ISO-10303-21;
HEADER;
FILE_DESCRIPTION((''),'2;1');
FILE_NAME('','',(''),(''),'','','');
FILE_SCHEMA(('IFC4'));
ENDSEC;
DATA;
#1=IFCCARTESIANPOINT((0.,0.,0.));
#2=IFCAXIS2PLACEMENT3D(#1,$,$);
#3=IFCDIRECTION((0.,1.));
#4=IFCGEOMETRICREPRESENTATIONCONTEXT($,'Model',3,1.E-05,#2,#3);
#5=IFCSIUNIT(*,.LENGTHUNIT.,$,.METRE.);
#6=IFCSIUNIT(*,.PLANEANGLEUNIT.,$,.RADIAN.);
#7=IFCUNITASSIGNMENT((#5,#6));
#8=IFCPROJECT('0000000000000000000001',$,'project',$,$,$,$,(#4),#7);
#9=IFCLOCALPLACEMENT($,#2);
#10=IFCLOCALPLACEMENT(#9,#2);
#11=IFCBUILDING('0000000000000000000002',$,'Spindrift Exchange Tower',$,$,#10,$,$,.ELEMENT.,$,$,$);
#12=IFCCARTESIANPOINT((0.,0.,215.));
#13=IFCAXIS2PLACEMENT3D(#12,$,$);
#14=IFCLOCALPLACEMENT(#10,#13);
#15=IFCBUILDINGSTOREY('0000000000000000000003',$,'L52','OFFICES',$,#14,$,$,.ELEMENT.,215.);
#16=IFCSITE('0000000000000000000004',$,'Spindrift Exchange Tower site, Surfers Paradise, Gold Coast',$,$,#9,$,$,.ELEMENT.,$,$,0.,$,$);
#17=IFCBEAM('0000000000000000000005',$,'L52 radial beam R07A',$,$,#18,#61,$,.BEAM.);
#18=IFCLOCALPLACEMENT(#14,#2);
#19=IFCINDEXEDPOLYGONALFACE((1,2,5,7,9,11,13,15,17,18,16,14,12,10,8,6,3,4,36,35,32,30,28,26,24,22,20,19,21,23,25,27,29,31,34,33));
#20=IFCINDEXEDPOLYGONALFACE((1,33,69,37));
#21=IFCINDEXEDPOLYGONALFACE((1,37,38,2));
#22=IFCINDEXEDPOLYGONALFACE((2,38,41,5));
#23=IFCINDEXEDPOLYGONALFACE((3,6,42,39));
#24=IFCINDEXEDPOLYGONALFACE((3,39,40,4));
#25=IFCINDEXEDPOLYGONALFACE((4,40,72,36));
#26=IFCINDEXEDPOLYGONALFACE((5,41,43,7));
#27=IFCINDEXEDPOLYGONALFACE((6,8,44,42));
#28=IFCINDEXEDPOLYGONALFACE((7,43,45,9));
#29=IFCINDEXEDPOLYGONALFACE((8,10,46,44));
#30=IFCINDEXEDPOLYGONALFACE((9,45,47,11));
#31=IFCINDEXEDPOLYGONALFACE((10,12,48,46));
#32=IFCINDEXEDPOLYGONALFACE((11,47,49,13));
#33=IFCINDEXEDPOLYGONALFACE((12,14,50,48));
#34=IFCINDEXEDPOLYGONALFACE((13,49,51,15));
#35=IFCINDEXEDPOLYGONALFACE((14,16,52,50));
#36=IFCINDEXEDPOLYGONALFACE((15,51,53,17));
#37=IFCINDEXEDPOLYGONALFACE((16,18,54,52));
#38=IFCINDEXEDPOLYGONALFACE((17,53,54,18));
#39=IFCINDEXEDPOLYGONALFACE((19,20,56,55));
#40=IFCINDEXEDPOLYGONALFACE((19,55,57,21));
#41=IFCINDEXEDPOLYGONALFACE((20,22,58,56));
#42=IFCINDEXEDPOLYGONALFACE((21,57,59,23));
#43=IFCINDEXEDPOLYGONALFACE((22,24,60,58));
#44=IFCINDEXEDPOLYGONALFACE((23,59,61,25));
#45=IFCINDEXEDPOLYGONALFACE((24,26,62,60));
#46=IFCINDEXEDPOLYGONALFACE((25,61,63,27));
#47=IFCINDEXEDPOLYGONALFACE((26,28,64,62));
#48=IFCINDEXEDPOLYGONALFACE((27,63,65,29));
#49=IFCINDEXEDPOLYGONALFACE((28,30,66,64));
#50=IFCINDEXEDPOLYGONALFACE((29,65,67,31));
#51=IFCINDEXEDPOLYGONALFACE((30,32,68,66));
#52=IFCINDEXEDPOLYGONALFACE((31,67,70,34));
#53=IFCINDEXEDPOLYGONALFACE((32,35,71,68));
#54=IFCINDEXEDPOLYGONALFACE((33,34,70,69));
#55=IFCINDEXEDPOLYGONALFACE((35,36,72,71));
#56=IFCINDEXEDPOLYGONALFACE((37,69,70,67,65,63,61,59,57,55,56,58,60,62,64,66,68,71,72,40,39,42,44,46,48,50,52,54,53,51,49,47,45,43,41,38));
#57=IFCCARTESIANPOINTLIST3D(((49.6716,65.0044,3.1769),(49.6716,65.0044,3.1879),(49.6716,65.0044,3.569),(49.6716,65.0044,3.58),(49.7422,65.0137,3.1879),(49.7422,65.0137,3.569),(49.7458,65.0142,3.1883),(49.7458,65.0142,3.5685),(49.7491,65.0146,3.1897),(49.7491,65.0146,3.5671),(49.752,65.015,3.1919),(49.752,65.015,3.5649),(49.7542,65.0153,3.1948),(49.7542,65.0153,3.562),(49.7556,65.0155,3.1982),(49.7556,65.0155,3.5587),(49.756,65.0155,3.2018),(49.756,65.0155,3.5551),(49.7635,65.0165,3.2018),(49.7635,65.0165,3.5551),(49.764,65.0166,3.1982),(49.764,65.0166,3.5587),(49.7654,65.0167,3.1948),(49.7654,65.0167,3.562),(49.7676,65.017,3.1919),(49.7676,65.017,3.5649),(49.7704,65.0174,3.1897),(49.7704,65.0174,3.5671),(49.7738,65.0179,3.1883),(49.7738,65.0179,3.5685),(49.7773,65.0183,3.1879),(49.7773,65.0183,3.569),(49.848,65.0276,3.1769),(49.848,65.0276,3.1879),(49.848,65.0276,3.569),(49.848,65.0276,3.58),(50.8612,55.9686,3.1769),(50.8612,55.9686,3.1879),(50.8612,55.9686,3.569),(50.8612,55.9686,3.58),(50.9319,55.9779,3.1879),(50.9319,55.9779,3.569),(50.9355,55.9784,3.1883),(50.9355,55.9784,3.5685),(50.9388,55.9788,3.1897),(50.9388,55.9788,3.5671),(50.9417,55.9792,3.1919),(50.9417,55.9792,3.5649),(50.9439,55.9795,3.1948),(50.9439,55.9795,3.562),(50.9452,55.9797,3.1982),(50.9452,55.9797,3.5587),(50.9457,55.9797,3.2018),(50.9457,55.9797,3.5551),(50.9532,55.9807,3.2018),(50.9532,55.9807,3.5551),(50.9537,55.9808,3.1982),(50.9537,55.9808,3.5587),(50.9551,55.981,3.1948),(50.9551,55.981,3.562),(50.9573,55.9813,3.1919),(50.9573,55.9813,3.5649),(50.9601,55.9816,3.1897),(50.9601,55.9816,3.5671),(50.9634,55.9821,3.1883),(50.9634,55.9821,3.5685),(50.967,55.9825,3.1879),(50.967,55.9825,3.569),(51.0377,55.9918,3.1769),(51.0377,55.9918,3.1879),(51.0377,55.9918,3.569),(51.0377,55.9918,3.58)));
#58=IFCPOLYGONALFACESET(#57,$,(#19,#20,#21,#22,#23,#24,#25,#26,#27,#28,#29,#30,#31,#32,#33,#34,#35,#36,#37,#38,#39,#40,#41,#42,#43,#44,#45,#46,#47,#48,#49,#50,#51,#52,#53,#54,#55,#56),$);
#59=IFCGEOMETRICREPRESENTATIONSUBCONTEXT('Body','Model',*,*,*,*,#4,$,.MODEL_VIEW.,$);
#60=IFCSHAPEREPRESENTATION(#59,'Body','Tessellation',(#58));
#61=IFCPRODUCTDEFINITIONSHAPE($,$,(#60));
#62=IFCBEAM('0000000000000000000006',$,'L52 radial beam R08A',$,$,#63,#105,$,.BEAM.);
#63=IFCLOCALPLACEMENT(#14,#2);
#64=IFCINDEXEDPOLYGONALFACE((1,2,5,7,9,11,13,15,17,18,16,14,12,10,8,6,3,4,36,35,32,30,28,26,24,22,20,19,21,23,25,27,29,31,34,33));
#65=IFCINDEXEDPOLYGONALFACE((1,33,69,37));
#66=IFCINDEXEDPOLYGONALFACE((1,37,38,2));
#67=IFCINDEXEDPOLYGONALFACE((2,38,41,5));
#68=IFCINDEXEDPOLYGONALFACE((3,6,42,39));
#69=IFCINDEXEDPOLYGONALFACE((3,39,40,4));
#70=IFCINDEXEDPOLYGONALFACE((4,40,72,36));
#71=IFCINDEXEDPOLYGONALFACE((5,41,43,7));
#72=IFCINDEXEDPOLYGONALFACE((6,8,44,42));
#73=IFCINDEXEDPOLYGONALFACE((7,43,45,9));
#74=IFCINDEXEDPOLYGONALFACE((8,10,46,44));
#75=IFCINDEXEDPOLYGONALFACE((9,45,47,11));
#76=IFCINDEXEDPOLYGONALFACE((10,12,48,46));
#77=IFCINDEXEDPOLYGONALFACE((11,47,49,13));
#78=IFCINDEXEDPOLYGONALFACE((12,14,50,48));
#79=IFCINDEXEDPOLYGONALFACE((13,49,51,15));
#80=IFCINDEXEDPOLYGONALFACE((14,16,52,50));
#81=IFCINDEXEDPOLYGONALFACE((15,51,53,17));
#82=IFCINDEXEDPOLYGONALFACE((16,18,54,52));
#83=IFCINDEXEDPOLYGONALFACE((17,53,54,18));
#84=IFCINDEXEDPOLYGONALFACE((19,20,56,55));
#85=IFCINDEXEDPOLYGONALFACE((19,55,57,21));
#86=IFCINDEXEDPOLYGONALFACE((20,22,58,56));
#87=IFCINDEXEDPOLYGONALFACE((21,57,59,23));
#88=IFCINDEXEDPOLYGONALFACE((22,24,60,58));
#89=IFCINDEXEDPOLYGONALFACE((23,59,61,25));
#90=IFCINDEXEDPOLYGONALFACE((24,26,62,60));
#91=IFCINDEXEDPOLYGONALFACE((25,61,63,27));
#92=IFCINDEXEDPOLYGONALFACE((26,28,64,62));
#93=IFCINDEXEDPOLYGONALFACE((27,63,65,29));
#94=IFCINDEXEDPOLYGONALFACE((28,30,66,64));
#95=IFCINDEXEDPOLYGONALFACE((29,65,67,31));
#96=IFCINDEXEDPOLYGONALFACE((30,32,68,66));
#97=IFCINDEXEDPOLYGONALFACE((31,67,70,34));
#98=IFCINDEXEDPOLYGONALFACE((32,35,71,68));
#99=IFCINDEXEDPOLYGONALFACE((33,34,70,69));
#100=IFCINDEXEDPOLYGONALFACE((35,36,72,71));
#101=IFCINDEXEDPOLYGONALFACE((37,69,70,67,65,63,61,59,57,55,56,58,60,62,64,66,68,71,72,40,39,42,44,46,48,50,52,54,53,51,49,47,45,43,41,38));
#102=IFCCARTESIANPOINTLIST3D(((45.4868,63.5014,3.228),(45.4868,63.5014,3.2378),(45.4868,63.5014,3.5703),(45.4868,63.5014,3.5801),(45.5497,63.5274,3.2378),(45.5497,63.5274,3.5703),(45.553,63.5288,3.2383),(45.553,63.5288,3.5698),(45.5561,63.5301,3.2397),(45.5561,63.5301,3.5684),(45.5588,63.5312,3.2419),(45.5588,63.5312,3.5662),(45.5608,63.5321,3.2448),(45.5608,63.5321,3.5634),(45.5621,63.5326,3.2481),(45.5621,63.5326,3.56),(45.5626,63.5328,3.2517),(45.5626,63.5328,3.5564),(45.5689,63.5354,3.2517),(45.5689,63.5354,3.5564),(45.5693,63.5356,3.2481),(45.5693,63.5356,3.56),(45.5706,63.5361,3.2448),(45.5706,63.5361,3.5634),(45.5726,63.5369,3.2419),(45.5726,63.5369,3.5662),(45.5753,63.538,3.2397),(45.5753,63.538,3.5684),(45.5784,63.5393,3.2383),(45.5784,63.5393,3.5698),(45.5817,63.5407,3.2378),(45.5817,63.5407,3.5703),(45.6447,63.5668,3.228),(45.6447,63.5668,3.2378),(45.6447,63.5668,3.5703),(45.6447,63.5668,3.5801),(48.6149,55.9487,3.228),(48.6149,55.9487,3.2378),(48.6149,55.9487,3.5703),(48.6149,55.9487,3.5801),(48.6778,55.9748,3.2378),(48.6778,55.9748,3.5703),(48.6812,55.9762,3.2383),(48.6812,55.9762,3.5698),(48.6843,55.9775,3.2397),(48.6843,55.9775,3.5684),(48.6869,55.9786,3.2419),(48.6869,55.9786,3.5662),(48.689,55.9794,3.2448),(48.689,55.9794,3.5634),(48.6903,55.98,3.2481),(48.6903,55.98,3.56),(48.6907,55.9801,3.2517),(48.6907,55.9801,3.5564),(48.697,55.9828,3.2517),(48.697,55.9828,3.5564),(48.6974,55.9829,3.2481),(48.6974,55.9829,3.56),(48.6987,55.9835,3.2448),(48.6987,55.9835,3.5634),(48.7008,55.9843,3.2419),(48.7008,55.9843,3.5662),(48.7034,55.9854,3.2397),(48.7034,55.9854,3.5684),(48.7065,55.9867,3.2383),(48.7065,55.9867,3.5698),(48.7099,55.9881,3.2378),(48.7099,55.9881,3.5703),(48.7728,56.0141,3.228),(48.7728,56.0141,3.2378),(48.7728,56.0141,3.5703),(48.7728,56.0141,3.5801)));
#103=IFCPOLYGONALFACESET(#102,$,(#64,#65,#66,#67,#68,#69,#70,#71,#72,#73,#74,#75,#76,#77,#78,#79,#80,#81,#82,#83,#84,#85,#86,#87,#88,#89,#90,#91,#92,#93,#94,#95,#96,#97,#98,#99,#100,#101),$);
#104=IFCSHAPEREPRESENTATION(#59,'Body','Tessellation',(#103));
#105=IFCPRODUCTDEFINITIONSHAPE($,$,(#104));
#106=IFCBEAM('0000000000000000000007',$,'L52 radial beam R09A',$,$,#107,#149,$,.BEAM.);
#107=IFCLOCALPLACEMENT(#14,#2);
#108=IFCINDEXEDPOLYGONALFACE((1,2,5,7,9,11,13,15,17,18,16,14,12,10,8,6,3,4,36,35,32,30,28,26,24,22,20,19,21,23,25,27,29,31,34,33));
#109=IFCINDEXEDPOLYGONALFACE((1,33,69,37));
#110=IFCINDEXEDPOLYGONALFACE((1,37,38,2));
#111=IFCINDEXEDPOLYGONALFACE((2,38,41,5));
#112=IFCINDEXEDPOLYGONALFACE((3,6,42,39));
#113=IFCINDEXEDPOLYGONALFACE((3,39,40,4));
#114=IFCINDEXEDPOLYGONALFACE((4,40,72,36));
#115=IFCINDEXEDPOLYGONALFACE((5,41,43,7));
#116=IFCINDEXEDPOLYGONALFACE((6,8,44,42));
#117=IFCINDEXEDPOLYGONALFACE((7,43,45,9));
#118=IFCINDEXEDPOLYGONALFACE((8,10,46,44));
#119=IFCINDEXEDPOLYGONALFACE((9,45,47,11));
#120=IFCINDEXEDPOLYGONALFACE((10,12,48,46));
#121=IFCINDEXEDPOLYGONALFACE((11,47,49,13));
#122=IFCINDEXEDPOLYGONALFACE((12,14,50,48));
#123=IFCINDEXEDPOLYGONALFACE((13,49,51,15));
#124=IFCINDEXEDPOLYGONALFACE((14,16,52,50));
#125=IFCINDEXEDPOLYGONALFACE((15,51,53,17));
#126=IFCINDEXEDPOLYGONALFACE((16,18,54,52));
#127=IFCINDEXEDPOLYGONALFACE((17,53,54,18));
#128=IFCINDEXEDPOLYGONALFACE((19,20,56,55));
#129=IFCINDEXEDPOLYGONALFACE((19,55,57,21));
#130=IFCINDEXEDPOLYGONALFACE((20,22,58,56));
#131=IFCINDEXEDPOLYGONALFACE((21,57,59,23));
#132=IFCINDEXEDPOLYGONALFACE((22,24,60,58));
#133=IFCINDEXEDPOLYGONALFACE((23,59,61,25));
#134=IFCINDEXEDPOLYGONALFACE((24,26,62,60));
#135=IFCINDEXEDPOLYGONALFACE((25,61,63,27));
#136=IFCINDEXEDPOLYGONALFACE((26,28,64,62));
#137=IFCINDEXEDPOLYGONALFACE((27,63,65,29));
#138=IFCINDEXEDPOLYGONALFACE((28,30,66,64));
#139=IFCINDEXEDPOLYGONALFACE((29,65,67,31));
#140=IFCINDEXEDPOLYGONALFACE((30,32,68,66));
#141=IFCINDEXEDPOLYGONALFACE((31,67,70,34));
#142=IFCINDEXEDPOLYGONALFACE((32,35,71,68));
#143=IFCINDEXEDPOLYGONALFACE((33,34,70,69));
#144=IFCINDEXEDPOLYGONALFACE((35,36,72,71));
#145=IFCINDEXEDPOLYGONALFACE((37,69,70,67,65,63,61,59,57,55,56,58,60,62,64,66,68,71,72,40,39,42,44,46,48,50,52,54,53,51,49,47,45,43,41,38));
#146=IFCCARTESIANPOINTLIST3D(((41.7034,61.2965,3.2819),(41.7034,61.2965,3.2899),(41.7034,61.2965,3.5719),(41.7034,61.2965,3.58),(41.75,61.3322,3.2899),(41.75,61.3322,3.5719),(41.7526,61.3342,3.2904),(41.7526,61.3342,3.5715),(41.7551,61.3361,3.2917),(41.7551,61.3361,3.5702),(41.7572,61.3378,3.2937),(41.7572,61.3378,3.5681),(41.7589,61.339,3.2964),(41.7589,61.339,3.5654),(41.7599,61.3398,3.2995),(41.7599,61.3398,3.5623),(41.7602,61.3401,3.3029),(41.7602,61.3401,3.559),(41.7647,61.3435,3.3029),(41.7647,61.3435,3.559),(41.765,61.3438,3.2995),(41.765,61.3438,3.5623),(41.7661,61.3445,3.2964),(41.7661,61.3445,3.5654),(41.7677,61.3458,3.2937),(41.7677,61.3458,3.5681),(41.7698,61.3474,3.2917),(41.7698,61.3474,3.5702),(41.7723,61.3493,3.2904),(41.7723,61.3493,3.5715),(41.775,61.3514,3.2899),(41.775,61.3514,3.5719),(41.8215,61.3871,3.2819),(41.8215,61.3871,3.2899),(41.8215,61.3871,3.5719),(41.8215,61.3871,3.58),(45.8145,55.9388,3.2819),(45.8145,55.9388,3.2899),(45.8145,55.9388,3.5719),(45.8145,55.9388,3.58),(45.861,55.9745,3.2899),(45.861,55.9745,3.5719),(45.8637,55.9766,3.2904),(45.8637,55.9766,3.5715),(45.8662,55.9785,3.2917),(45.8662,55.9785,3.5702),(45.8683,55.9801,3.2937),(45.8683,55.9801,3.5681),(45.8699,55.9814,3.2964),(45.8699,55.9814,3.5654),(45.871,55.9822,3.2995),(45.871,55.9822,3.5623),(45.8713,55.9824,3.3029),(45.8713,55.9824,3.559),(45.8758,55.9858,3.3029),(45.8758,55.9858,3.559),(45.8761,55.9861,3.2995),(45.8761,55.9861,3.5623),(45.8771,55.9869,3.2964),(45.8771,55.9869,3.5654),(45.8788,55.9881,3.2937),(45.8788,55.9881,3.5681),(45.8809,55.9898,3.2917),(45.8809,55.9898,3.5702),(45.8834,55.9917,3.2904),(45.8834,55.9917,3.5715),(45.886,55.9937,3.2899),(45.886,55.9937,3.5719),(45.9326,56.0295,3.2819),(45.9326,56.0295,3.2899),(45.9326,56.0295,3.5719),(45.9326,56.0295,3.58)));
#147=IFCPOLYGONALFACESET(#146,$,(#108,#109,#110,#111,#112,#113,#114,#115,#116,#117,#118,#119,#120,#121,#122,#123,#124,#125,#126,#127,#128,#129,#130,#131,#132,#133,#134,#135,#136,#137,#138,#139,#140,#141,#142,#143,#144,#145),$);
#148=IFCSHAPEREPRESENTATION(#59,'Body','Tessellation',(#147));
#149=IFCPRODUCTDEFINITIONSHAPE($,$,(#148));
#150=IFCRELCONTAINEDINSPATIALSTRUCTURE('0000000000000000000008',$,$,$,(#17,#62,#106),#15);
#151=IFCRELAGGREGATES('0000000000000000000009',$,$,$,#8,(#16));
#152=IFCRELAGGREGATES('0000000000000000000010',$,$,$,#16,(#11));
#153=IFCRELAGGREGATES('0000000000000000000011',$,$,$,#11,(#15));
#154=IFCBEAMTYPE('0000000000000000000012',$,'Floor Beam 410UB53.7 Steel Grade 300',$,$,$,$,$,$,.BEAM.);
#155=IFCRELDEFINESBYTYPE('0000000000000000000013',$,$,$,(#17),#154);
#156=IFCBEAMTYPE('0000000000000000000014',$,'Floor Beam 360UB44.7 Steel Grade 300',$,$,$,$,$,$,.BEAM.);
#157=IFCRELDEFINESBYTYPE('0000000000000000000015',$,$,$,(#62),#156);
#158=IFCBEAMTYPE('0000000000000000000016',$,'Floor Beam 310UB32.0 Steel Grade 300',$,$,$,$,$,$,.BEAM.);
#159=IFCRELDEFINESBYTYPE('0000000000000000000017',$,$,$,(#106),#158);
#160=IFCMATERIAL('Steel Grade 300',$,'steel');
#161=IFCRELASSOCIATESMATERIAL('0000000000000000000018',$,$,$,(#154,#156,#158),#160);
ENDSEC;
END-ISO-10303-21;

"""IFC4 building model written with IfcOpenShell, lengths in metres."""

from ifc_helpers import new_model, si_unit, direction, frame, origin, origin_2d, place, context, subcontext, project, spatial, i_section, extrude, source, transform, mapped, material, material_profile, profile_set, type_object, element, save


model = new_model("IFC4")

# Units and contexts
model_context = context("Model", 3, precision=1e-05, world=origin(), true_north=direction((0.0, 1.0)))
body_context = subcontext(model_context, "Body", "Model", "MODEL_VIEW")
ifc_project = project(units=[si_unit("LENGTHUNIT", "METRE"), si_unit("PLANEANGLEUNIT", "RADIAN")], contexts=[model_context])

# Site, building, storey
site_placement = place(None, origin())
site = spatial("IfcSite", under=ifc_project, at=site_placement, Name="Spindrift Exchange Tower site, Surfers Paradise, Gold Coast", CompositionType="ELEMENT", RefElevation=0.0)
building_placement = place(site_placement, origin())
building = spatial("IfcBuilding", under=site, at=building_placement, Name="Spindrift Exchange Tower", CompositionType="ELEMENT")
storey_placement = place(building_placement, frame((0.0, 0.0, 215.0)))
storey = spatial("IfcBuildingStorey", under=building, at=storey_placement, Name="L52", Description="OFFICES", CompositionType="ELEMENT", Elevation=215.0)

# Beams
ifc_material_1 = material(Name="Steel Grade 300", Category="steel")
ifc_material_profile_1 = material_profile(ifc_material_1, i_section(OverallWidth=0.178, OverallDepth=0.4031, WebThickness=0.0076, FlangeThickness=0.011, FilletRadius=0.0139, at=origin_2d()), Name="410UB53.7")
ifc_profile_set_1 = profile_set([ifc_material_profile_1], Name="Steel Grade 300")
beam_type_1 = type_object("IfcBeamType", Name="Floor Beam 410UB53.7 Steel Grade 300", PredefinedType="BEAM", material=ifc_profile_set_1)
shared_shape_1 = source(origin(), body_context, "Body", "SweptSolid", [
    extrude(i_section(OverallWidth=0.178, OverallDepth=0.4031, WebThickness=0.0076, FlangeThickness=0.011, FilletRadius=0.0139, at=origin_2d()), origin(), (0.0, 0.0, 1.0), 9.1138),
])
beam_1_placement = place(storey_placement, frame((50.9495, 55.9802, 3.3784), z_axis=(-0.130537, 0.991443, 0.0), x_axis=(-0.991443, -0.130537, 0.0)))
element("IfcBeam", 1, at=beam_1_placement, inside=storey, type_object=beam_type_1, Name="L52 radial beam R07A", PredefinedType="BEAM", context=body_context, shape_type="MappedRepresentation", body=[
    mapped(shared_shape_1, transform((0.0, 0.0, 0.0), scale=1.0)),
])
ifc_material_profile_2 = material_profile(ifc_material_1, i_section(OverallWidth=0.1709, OverallDepth=0.3521, WebThickness=0.0068, FlangeThickness=0.0098, FilletRadius=0.0139, at=origin_2d()), Name="360UB44.7")
ifc_profile_set_2 = profile_set([ifc_material_profile_2], Name="Steel Grade 300")
beam_type_2 = type_object("IfcBeamType", Name="Floor Beam 360UB44.7 Steel Grade 300", PredefinedType="BEAM", material=ifc_profile_set_2)
shared_shape_2 = source(origin(), body_context, "Body", "SweptSolid", [
    extrude(i_section(OverallWidth=0.1709, OverallDepth=0.3521, WebThickness=0.0068, FlangeThickness=0.0098, FilletRadius=0.0139, at=origin_2d()), origin(), (0.0, 0.0, 1.0), 8.1748),
])
beam_2_placement = place(storey_placement, frame((48.6938, 55.9814, 3.4041), z_axis=(-0.382655, 0.923891, 0.0), x_axis=(-0.923891, -0.382655, 0.0)))
element("IfcBeam", 2, at=beam_2_placement, inside=storey, type_object=beam_type_2, Name="L52 radial beam R08A", PredefinedType="BEAM", context=body_context, shape_type="MappedRepresentation", body=[
    mapped(shared_shape_2, transform((0.0, 0.0, 0.0), scale=1.0)),
])
ifc_material_profile_3 = material_profile(ifc_material_1, i_section(OverallWidth=0.1489, OverallDepth=0.2981, WebThickness=0.0056, FlangeThickness=0.0081, FilletRadius=0.0129, at=origin_2d()), Name="310UB32.0")
ifc_profile_set_3 = profile_set([ifc_material_profile_3], Name="Steel Grade 300")
beam_type_3 = type_object("IfcBeamType", Name="Floor Beam 310UB32.0 Steel Grade 300", PredefinedType="BEAM", material=ifc_profile_set_3)
shared_shape_3 = source(origin(), body_context, "Body", "SweptSolid", [
    extrude(i_section(OverallWidth=0.1489, OverallDepth=0.2981, WebThickness=0.0056, FlangeThickness=0.0081, FilletRadius=0.0129, at=origin_2d()), origin(), (0.0, 0.0, 1.0), 6.7532),
])
beam_3_placement = place(storey_placement, frame((45.8735, 55.9841, 3.4309), z_axis=(-0.608762, 0.793353, 0.0), x_axis=(-0.793353, -0.608762, 0.0)))
element("IfcBeam", 3, at=beam_3_placement, inside=storey, type_object=beam_type_3, Name="L52 radial beam R09A", PredefinedType="BEAM", context=body_context, shape_type="MappedRepresentation", body=[
    mapped(shared_shape_3, transform((0.0, 0.0, 0.0), scale=1.0)),
])

save(model, "model.ifc")
